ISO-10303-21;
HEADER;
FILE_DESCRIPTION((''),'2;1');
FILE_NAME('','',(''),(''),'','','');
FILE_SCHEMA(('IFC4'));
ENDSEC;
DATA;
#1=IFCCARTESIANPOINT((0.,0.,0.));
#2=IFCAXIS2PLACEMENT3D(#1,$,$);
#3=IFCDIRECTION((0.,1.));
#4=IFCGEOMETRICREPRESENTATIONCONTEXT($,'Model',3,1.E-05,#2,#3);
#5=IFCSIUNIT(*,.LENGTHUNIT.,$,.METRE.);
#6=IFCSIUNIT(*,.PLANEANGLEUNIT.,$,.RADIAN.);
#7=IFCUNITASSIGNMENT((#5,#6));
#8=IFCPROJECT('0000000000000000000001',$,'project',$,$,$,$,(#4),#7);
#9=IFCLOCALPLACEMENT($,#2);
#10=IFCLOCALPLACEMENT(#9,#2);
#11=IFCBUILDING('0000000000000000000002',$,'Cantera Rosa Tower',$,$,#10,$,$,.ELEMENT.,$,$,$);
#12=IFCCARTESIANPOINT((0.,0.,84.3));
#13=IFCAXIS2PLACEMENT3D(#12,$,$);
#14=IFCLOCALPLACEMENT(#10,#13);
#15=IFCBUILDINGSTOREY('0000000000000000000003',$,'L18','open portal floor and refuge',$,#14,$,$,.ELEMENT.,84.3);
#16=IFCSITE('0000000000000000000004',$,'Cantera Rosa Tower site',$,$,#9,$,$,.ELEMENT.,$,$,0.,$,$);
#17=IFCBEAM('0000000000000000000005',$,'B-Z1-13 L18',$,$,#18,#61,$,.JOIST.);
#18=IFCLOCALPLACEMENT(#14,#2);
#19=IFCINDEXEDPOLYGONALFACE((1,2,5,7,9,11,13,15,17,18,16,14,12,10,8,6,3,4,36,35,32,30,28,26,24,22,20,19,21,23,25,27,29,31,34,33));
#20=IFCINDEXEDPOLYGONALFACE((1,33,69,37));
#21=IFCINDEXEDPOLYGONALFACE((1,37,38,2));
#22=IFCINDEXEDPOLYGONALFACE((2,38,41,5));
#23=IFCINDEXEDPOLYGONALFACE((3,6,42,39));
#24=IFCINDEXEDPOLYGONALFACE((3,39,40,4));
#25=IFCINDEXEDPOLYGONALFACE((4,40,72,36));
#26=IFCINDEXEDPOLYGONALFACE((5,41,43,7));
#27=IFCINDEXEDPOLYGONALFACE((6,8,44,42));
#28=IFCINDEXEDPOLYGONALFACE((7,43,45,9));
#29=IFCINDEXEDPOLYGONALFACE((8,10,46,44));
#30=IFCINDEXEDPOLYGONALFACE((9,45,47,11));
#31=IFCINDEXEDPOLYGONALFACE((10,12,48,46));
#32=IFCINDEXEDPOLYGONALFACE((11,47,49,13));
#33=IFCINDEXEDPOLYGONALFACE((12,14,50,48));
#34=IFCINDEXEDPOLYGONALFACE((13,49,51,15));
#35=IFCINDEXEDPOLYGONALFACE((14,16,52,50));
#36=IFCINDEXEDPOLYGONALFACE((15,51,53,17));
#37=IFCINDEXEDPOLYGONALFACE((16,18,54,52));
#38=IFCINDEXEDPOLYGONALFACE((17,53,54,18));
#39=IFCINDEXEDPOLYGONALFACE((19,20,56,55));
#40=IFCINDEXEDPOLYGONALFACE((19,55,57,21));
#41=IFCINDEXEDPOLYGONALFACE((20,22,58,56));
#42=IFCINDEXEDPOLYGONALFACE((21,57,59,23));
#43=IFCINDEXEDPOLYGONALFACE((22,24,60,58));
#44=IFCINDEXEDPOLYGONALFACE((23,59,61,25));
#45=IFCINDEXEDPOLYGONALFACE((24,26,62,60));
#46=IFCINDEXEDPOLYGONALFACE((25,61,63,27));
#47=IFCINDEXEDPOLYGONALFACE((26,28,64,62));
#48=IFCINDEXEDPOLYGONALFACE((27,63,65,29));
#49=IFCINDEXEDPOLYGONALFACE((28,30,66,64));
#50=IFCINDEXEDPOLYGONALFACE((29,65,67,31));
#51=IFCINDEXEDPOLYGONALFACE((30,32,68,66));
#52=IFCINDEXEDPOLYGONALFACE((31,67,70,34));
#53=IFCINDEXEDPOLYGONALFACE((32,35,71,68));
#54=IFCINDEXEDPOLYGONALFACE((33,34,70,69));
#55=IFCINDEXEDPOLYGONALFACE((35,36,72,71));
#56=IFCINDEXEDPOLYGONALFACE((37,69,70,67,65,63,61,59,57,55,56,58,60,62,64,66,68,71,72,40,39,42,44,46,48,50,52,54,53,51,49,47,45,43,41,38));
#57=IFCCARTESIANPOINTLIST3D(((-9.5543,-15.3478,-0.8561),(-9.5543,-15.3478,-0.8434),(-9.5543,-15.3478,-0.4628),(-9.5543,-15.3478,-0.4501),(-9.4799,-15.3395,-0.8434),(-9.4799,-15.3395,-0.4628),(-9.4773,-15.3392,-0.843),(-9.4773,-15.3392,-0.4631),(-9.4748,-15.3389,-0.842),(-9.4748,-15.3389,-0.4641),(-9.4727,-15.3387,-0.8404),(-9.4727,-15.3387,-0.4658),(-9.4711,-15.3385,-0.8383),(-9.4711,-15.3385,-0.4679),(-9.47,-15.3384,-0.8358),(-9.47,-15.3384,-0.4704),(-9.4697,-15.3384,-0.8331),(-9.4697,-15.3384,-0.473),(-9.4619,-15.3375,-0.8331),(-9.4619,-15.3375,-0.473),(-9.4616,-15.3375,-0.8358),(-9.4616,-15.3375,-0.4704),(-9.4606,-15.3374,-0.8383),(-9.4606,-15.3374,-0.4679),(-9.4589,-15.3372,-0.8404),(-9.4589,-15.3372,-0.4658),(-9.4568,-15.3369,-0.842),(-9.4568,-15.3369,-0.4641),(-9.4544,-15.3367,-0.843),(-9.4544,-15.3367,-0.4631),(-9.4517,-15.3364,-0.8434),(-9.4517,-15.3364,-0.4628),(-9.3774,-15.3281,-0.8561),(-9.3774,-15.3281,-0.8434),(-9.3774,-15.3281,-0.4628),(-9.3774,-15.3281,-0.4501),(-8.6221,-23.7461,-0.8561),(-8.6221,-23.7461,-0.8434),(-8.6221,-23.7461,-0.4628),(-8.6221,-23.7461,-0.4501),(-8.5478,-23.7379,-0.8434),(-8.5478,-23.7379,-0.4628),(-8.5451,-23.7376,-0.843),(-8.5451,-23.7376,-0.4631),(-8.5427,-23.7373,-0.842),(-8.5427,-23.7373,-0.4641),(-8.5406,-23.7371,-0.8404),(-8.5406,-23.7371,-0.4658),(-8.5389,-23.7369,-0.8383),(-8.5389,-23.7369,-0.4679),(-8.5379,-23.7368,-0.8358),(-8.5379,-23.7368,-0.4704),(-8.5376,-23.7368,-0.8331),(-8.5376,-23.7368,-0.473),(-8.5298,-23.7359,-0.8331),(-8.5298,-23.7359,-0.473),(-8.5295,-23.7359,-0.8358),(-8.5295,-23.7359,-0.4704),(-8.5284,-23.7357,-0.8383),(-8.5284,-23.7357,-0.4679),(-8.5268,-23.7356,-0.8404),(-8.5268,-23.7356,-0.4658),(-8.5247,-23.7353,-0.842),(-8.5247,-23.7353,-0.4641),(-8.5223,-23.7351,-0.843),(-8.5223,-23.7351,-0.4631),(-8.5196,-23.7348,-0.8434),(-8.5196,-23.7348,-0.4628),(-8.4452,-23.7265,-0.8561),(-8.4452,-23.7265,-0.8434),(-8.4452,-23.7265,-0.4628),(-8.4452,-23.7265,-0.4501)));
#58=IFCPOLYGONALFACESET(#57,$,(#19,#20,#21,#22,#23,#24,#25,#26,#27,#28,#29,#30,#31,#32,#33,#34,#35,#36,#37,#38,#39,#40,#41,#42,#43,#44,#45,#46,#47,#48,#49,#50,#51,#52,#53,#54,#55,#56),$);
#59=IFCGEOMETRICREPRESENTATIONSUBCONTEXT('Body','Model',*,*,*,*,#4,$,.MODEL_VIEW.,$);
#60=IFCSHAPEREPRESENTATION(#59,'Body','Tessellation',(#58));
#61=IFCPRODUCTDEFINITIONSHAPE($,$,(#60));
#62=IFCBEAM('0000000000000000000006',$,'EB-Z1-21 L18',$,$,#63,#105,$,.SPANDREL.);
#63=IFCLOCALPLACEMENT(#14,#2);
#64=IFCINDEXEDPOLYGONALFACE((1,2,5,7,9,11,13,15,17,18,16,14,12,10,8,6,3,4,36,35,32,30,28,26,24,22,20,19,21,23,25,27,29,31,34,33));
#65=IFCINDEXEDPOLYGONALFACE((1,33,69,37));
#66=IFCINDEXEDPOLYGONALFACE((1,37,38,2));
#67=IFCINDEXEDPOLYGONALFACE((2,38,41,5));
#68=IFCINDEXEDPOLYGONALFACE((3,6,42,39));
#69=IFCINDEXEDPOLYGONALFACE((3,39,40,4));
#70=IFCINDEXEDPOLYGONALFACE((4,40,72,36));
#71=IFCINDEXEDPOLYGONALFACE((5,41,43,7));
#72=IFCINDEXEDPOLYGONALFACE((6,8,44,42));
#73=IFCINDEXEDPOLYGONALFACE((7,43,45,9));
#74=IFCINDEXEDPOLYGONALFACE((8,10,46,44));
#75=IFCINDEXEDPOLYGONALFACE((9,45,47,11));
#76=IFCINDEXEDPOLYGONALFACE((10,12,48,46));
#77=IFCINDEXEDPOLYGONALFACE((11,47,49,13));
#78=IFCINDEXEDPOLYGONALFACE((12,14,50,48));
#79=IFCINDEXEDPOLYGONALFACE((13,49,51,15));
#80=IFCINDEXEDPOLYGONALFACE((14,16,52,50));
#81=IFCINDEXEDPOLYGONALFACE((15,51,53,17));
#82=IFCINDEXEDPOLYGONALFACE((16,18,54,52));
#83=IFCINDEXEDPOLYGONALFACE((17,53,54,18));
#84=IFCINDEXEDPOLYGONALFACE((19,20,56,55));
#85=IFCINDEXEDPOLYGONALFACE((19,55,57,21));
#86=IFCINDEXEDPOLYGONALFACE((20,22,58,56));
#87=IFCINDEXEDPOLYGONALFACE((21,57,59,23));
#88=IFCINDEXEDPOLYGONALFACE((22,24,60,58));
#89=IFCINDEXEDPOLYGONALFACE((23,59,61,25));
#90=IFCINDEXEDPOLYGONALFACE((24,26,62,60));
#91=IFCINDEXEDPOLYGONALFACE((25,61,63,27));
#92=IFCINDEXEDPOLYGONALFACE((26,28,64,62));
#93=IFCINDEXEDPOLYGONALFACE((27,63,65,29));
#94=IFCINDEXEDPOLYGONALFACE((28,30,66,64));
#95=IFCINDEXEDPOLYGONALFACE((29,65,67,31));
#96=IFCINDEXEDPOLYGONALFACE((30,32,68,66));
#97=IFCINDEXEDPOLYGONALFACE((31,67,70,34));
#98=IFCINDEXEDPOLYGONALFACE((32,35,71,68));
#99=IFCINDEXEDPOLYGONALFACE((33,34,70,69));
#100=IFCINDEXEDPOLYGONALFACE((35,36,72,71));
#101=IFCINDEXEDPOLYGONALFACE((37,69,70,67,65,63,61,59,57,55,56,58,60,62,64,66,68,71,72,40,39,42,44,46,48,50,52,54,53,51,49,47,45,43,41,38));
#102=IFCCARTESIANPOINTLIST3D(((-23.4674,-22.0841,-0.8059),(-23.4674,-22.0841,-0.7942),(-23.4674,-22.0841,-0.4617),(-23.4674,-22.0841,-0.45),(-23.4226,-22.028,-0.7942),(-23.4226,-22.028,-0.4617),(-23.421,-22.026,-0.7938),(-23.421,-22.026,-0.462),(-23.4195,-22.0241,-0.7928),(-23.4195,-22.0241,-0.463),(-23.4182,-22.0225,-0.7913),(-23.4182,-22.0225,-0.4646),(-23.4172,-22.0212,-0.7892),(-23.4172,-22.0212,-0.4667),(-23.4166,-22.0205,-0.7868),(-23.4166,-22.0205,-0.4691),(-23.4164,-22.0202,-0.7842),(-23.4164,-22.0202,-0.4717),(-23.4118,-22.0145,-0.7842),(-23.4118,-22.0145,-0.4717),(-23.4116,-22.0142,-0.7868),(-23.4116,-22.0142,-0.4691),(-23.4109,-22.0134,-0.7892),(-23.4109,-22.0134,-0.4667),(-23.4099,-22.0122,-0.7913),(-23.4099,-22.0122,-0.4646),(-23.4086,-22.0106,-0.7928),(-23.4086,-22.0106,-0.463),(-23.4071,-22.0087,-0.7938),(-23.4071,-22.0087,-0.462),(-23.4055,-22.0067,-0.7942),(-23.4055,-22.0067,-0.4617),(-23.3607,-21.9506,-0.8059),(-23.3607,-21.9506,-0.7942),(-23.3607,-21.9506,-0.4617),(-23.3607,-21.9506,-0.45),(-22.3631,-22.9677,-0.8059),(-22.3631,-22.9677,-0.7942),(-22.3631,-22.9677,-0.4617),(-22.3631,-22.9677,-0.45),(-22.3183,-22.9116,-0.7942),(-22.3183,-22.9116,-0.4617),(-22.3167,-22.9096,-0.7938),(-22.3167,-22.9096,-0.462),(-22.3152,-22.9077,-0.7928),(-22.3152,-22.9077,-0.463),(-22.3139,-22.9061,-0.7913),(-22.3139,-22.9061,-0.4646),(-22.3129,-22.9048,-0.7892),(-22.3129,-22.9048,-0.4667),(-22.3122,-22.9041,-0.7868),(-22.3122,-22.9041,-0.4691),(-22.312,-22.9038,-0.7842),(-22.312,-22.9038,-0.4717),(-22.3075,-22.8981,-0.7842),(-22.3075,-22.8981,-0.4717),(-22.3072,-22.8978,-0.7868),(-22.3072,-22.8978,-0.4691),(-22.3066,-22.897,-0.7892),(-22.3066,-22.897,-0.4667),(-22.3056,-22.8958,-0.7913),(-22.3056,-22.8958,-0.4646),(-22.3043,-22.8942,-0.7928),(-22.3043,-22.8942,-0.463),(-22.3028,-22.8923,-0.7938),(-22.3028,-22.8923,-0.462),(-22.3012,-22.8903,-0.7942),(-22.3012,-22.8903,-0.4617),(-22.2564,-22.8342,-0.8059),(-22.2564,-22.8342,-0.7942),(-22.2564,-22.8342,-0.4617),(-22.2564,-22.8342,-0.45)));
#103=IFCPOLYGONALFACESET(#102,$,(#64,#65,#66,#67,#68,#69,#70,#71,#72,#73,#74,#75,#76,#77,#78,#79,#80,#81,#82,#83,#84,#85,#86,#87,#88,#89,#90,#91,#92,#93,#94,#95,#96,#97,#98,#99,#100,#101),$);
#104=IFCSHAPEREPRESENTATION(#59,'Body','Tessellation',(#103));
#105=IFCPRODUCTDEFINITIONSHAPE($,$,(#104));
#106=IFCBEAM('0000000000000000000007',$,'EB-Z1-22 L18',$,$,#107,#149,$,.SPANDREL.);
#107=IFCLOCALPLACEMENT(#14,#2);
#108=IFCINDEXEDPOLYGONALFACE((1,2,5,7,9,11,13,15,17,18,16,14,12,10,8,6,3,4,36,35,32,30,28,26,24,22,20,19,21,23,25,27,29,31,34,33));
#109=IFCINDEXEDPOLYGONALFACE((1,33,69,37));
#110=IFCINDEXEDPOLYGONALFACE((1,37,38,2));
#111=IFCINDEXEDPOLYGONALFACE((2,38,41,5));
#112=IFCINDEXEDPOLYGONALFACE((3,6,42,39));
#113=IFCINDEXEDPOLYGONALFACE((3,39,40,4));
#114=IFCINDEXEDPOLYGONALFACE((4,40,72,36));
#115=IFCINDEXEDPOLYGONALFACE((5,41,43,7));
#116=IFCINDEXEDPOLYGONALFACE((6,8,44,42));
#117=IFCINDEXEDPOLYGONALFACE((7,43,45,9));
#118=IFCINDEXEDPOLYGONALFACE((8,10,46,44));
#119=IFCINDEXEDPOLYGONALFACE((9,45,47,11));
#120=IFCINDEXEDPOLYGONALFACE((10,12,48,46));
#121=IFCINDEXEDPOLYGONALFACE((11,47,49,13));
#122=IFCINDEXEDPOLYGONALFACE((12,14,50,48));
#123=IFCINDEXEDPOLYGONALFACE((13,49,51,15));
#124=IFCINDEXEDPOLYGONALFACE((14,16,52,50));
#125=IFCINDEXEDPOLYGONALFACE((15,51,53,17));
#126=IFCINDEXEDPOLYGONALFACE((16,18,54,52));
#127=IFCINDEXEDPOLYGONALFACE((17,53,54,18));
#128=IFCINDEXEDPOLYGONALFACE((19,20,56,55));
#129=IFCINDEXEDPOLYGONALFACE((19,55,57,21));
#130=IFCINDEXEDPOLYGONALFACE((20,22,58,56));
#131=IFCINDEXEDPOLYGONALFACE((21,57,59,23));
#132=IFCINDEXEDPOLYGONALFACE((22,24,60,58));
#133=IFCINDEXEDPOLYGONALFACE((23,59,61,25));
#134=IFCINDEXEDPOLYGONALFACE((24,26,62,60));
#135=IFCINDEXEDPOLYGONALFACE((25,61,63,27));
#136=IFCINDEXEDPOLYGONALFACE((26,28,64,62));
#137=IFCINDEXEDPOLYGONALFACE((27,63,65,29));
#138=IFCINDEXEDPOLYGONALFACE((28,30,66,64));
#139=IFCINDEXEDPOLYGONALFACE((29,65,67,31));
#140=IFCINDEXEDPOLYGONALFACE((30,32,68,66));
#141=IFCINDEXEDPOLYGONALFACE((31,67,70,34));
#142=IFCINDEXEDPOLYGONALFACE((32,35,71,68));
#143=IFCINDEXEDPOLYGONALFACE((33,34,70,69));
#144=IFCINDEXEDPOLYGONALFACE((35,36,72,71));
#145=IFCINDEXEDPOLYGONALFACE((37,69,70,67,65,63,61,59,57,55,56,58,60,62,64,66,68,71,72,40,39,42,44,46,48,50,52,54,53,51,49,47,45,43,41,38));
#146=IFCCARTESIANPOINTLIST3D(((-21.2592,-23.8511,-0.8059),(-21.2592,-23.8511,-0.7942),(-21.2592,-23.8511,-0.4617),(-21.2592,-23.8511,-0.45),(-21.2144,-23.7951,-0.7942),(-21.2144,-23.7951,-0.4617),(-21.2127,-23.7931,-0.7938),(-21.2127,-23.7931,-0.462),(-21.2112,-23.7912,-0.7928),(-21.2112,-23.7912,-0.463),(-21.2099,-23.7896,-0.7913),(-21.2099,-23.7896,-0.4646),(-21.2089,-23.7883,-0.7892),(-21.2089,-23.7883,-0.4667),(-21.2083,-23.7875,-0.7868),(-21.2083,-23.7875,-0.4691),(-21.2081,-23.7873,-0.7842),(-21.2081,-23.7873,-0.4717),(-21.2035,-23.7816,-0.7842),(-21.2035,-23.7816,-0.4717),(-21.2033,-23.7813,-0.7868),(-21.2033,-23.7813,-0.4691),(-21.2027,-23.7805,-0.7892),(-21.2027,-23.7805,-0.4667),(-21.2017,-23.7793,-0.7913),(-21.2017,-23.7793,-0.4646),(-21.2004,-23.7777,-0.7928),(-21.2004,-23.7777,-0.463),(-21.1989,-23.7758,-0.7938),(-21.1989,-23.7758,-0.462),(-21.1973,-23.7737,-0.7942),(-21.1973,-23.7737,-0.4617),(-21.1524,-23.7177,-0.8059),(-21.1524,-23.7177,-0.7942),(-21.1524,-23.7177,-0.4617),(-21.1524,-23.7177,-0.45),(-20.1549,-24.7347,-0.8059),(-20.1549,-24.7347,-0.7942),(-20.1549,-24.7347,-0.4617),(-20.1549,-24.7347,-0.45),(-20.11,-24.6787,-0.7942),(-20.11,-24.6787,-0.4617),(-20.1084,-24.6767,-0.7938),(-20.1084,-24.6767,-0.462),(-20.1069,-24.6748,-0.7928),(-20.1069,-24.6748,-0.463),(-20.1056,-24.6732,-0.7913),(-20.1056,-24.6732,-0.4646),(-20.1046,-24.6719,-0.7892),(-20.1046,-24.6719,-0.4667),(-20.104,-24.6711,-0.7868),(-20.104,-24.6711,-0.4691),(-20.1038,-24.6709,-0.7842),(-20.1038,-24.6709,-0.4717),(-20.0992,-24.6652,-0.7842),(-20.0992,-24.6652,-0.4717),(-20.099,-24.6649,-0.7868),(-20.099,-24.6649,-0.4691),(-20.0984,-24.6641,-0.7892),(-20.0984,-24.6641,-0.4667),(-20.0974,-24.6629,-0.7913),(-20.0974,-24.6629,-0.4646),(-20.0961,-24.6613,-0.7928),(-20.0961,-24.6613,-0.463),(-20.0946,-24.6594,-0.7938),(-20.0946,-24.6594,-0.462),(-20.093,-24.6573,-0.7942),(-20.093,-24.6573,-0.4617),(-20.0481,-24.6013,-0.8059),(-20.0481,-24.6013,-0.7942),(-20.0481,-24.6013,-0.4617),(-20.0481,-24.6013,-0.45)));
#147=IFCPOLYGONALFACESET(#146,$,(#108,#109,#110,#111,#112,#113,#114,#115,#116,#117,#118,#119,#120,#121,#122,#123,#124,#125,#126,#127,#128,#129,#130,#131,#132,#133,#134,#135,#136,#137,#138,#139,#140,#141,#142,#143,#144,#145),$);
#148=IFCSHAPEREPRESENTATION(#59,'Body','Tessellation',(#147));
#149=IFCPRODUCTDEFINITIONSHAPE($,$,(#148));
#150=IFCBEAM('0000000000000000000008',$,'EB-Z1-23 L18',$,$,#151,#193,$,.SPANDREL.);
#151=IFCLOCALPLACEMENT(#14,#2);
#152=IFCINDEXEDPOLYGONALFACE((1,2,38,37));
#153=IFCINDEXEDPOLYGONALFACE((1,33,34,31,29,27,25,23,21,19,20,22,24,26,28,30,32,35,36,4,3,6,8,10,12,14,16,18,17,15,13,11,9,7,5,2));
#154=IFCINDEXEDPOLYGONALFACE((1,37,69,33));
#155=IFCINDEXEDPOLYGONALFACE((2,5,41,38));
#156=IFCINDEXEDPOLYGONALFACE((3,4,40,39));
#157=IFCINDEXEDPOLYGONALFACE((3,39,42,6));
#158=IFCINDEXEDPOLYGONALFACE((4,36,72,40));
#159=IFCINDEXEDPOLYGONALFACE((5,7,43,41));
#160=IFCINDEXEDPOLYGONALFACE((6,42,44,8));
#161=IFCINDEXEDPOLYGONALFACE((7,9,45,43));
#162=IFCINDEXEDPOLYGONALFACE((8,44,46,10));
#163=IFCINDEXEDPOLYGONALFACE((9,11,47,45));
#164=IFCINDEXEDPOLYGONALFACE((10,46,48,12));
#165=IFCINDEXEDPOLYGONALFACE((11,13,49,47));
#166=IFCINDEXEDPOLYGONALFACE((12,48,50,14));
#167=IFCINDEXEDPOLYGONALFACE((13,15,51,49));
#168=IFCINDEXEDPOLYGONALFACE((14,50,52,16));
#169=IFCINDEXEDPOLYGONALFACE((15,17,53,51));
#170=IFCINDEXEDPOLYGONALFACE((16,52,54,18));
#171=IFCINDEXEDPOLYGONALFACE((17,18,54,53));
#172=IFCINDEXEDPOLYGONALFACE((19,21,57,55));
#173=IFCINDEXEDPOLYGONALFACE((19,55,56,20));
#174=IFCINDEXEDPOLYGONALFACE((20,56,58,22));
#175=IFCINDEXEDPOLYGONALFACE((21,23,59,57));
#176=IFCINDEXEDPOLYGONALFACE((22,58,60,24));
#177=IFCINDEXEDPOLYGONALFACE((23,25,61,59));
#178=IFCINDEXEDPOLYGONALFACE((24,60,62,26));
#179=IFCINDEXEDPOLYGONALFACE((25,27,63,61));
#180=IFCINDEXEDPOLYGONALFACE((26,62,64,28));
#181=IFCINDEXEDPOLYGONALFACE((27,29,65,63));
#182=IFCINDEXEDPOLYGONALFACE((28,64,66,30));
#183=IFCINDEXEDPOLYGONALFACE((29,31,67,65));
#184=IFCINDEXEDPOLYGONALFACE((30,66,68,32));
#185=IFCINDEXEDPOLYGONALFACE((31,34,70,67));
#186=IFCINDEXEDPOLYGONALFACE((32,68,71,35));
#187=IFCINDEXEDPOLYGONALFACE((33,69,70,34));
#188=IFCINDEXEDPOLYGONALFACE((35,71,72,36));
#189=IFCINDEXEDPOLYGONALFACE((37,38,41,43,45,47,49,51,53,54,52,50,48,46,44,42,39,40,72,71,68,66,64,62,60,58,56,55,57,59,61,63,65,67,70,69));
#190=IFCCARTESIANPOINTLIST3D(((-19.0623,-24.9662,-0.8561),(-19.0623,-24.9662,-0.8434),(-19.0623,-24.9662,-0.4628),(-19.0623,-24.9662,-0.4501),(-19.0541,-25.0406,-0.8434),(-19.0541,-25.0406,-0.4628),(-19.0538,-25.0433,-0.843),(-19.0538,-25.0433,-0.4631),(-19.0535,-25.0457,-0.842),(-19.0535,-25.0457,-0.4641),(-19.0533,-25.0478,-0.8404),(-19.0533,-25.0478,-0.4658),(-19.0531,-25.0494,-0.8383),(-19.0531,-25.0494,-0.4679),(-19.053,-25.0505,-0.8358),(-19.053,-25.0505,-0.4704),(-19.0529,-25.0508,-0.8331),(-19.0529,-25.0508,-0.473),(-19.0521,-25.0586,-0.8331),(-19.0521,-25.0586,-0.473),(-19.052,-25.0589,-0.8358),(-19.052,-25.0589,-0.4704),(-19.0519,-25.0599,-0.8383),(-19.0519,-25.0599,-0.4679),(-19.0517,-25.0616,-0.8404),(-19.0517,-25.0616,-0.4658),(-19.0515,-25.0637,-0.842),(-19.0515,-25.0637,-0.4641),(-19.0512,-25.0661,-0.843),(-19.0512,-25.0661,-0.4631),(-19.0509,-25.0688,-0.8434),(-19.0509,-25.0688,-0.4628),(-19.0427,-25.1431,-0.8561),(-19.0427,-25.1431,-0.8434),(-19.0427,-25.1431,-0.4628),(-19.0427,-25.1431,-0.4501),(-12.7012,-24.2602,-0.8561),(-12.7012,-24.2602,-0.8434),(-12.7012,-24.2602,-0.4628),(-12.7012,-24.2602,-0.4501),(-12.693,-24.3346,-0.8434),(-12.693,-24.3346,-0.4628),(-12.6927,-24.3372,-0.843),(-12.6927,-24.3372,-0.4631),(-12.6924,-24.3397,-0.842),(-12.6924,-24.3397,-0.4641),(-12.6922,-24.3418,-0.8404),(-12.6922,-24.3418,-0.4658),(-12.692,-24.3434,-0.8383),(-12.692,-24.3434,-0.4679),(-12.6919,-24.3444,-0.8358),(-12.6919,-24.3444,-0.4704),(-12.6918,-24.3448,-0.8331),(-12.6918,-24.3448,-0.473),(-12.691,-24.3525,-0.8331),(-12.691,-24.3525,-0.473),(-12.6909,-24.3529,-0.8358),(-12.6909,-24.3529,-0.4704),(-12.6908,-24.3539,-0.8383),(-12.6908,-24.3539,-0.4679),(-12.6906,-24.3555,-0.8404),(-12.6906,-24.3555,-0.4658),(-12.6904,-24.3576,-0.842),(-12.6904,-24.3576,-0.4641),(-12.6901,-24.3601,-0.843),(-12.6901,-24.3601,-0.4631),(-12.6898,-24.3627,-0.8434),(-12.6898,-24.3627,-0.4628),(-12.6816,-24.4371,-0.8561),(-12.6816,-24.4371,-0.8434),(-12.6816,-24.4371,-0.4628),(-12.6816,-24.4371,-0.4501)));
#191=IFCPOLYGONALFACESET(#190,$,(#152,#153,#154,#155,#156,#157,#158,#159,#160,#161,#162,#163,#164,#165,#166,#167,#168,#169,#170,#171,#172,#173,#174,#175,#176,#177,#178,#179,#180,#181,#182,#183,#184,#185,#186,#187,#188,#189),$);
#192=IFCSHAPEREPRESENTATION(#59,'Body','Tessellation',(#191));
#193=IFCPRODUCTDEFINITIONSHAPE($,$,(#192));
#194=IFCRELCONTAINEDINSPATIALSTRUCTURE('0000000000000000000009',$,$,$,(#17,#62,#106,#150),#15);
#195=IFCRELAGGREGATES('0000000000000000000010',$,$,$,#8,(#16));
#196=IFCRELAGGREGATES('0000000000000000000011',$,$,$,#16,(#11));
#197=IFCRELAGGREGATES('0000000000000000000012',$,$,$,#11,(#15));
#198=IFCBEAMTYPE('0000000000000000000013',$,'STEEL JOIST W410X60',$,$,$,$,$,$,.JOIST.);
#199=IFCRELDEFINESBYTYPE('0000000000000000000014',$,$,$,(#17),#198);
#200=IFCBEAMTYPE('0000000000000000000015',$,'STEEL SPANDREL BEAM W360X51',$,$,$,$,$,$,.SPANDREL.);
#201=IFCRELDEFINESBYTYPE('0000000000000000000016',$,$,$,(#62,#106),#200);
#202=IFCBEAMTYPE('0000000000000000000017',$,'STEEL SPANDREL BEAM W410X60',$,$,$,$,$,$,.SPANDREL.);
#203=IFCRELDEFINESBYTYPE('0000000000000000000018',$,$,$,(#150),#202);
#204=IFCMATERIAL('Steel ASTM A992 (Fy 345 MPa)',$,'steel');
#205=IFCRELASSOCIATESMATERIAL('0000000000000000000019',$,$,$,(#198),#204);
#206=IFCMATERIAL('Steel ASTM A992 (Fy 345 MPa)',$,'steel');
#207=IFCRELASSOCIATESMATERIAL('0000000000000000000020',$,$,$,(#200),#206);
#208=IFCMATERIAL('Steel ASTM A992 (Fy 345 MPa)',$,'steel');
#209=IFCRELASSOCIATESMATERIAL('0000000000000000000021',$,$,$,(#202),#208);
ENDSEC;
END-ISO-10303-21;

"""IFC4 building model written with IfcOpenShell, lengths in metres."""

from ifc_helpers import new_model, si_unit, direction, frame, origin, origin_2d, place, context, subcontext, project, spatial, i_section, extrude, material, material_profile, profile_set, type_object, element, save


model = new_model("IFC4")

# Units and contexts
model_context = context("Model", 3, precision=1e-05, world=origin(), true_north=direction((0.0, 1.0)))
body_context = subcontext(model_context, "Body", "Model", "MODEL_VIEW")
ifc_project = project(units=[si_unit("LENGTHUNIT", "METRE"), si_unit("PLANEANGLEUNIT", "RADIAN")], contexts=[model_context])

# Site, building, storey
site_placement = place(None, origin())
site = spatial("IfcSite", under=ifc_project, at=site_placement, Name="Cantera Rosa Tower site", CompositionType="ELEMENT", RefElevation=0.0)
building_placement = place(site_placement, origin())
building = spatial("IfcBuilding", under=site, at=building_placement, Name="Cantera Rosa Tower", CompositionType="ELEMENT")
storey_placement = place(building_placement, frame((0.0, 0.0, 84.3)))
storey = spatial("IfcBuildingStorey", under=building, at=storey_placement, Name="L18", Description="open portal floor and refuge", CompositionType="ELEMENT", Elevation=84.3)

# Beams
ifc_material_1 = material(Name="Steel ASTM A992 (Fy 345 MPa)", Category="steel")
ifc_material_profile_1 = material_profile(ifc_material_1, i_section(OverallWidth=0.178, OverallDepth=0.406, WebThickness=0.0078, FlangeThickness=0.0127, FilletRadius=0.0103, at=origin_2d()), Name="W410X60")
ifc_profile_set_1 = profile_set([ifc_material_profile_1], Name="Steel ASTM A992 (Fy 345 MPa)")
beam_type_1 = type_object("IfcBeamType", Name="STEEL JOIST W410X60", PredefinedType="JOIST", material=ifc_profile_set_1)
beam_1_placement = place(storey_placement, frame((-8.5337, -23.7363, -0.6531), z_axis=(-0.110311, 0.993897, 0.0), x_axis=(-0.993897, -0.110311, 0.0)))
element("IfcBeam", 1, at=beam_1_placement, inside=storey, type_object=beam_type_1, Name="B-Z1-13 L18", PredefinedType="JOIST", context=body_context, shape_type="SweptSolid", body=[
    extrude(i_section(OverallWidth=0.178, OverallDepth=0.406, WebThickness=0.0078, FlangeThickness=0.0127, FilletRadius=0.0103, at=origin_2d()), origin(), (0.0, 0.0, 1.0), 8.45),
])
ifc_material_2 = material(Name="Steel ASTM A992 (Fy 345 MPa)", Category="steel")
ifc_material_profile_2 = material_profile(ifc_material_2, i_section(OverallWidth=0.1709, OverallDepth=0.356, WebThickness=0.0073, FlangeThickness=0.0117, FilletRadius=0.01, at=origin_2d()), Name="W360X51")
ifc_profile_set_2 = profile_set([ifc_material_profile_2], Name="Steel ASTM A992 (Fy 345 MPa)")
beam_type_2 = type_object("IfcBeamType", Name="STEEL SPANDREL BEAM W360X51", PredefinedType="SPANDREL", material=ifc_profile_set_2)
for number, where, z_axis, x_axis, name in (
    (2, (-23.4141, -22.0173, -0.6279), (0.780818, -0.624758, 0.0), (0.624758, 0.780818, 0.0), "EB-Z1-21 L18"),
    (3, (-21.2058, -23.7844, -0.6279), (0.780818, -0.624758, 0.0), (0.624758, 0.780818, 0.0), "EB-Z1-22 L18"),
):
    element("IfcBeam", number, at=place(storey_placement, frame(where, z_axis=z_axis, x_axis=x_axis)), inside=storey, type_object=beam_type_2, Name=name, PredefinedType="SPANDREL", context=body_context, shape_type="SweptSolid", body=[
        extrude(i_section(OverallWidth=0.1709, OverallDepth=0.356, WebThickness=0.0073, FlangeThickness=0.0117, FilletRadius=0.01, at=origin_2d()), origin(), (0.0, 0.0, 1.0), 1.4143),
    ])
ifc_material_3 = material(Name="Steel ASTM A992 (Fy 345 MPa)", Category="steel")
ifc_material_profile_3 = material_profile(ifc_material_3, i_section(OverallWidth=0.178, OverallDepth=0.406, WebThickness=0.0078, FlangeThickness=0.0127, FilletRadius=0.0103, at=origin_2d()), Name="W410X60")
ifc_profile_set_3 = profile_set([ifc_material_profile_3], Name="Steel ASTM A992 (Fy 345 MPa)")
beam_type_3 = type_object("IfcBeamType", Name="STEEL SPANDREL BEAM W410X60", PredefinedType="SPANDREL", material=ifc_profile_set_3)
beam_2_placement = place(storey_placement, frame((-19.0525, -25.0547, -0.6531), z_axis=(0.993896, 0.110318, 0.0), x_axis=(-0.110318, 0.993896, 0.0)))
element("IfcBeam", 4, at=beam_2_placement, inside=storey, type_object=beam_type_3, Name="EB-Z1-23 L18", PredefinedType="SPANDREL", context=body_context, shape_type="SweptSolid", body=[
    extrude(i_section(OverallWidth=0.178, OverallDepth=0.406, WebThickness=0.0078, FlangeThickness=0.0127, FilletRadius=0.0103, at=origin_2d()), origin(), (0.0, 0.0, 1.0), 6.4001),
])

save(model, "model.ifc")
